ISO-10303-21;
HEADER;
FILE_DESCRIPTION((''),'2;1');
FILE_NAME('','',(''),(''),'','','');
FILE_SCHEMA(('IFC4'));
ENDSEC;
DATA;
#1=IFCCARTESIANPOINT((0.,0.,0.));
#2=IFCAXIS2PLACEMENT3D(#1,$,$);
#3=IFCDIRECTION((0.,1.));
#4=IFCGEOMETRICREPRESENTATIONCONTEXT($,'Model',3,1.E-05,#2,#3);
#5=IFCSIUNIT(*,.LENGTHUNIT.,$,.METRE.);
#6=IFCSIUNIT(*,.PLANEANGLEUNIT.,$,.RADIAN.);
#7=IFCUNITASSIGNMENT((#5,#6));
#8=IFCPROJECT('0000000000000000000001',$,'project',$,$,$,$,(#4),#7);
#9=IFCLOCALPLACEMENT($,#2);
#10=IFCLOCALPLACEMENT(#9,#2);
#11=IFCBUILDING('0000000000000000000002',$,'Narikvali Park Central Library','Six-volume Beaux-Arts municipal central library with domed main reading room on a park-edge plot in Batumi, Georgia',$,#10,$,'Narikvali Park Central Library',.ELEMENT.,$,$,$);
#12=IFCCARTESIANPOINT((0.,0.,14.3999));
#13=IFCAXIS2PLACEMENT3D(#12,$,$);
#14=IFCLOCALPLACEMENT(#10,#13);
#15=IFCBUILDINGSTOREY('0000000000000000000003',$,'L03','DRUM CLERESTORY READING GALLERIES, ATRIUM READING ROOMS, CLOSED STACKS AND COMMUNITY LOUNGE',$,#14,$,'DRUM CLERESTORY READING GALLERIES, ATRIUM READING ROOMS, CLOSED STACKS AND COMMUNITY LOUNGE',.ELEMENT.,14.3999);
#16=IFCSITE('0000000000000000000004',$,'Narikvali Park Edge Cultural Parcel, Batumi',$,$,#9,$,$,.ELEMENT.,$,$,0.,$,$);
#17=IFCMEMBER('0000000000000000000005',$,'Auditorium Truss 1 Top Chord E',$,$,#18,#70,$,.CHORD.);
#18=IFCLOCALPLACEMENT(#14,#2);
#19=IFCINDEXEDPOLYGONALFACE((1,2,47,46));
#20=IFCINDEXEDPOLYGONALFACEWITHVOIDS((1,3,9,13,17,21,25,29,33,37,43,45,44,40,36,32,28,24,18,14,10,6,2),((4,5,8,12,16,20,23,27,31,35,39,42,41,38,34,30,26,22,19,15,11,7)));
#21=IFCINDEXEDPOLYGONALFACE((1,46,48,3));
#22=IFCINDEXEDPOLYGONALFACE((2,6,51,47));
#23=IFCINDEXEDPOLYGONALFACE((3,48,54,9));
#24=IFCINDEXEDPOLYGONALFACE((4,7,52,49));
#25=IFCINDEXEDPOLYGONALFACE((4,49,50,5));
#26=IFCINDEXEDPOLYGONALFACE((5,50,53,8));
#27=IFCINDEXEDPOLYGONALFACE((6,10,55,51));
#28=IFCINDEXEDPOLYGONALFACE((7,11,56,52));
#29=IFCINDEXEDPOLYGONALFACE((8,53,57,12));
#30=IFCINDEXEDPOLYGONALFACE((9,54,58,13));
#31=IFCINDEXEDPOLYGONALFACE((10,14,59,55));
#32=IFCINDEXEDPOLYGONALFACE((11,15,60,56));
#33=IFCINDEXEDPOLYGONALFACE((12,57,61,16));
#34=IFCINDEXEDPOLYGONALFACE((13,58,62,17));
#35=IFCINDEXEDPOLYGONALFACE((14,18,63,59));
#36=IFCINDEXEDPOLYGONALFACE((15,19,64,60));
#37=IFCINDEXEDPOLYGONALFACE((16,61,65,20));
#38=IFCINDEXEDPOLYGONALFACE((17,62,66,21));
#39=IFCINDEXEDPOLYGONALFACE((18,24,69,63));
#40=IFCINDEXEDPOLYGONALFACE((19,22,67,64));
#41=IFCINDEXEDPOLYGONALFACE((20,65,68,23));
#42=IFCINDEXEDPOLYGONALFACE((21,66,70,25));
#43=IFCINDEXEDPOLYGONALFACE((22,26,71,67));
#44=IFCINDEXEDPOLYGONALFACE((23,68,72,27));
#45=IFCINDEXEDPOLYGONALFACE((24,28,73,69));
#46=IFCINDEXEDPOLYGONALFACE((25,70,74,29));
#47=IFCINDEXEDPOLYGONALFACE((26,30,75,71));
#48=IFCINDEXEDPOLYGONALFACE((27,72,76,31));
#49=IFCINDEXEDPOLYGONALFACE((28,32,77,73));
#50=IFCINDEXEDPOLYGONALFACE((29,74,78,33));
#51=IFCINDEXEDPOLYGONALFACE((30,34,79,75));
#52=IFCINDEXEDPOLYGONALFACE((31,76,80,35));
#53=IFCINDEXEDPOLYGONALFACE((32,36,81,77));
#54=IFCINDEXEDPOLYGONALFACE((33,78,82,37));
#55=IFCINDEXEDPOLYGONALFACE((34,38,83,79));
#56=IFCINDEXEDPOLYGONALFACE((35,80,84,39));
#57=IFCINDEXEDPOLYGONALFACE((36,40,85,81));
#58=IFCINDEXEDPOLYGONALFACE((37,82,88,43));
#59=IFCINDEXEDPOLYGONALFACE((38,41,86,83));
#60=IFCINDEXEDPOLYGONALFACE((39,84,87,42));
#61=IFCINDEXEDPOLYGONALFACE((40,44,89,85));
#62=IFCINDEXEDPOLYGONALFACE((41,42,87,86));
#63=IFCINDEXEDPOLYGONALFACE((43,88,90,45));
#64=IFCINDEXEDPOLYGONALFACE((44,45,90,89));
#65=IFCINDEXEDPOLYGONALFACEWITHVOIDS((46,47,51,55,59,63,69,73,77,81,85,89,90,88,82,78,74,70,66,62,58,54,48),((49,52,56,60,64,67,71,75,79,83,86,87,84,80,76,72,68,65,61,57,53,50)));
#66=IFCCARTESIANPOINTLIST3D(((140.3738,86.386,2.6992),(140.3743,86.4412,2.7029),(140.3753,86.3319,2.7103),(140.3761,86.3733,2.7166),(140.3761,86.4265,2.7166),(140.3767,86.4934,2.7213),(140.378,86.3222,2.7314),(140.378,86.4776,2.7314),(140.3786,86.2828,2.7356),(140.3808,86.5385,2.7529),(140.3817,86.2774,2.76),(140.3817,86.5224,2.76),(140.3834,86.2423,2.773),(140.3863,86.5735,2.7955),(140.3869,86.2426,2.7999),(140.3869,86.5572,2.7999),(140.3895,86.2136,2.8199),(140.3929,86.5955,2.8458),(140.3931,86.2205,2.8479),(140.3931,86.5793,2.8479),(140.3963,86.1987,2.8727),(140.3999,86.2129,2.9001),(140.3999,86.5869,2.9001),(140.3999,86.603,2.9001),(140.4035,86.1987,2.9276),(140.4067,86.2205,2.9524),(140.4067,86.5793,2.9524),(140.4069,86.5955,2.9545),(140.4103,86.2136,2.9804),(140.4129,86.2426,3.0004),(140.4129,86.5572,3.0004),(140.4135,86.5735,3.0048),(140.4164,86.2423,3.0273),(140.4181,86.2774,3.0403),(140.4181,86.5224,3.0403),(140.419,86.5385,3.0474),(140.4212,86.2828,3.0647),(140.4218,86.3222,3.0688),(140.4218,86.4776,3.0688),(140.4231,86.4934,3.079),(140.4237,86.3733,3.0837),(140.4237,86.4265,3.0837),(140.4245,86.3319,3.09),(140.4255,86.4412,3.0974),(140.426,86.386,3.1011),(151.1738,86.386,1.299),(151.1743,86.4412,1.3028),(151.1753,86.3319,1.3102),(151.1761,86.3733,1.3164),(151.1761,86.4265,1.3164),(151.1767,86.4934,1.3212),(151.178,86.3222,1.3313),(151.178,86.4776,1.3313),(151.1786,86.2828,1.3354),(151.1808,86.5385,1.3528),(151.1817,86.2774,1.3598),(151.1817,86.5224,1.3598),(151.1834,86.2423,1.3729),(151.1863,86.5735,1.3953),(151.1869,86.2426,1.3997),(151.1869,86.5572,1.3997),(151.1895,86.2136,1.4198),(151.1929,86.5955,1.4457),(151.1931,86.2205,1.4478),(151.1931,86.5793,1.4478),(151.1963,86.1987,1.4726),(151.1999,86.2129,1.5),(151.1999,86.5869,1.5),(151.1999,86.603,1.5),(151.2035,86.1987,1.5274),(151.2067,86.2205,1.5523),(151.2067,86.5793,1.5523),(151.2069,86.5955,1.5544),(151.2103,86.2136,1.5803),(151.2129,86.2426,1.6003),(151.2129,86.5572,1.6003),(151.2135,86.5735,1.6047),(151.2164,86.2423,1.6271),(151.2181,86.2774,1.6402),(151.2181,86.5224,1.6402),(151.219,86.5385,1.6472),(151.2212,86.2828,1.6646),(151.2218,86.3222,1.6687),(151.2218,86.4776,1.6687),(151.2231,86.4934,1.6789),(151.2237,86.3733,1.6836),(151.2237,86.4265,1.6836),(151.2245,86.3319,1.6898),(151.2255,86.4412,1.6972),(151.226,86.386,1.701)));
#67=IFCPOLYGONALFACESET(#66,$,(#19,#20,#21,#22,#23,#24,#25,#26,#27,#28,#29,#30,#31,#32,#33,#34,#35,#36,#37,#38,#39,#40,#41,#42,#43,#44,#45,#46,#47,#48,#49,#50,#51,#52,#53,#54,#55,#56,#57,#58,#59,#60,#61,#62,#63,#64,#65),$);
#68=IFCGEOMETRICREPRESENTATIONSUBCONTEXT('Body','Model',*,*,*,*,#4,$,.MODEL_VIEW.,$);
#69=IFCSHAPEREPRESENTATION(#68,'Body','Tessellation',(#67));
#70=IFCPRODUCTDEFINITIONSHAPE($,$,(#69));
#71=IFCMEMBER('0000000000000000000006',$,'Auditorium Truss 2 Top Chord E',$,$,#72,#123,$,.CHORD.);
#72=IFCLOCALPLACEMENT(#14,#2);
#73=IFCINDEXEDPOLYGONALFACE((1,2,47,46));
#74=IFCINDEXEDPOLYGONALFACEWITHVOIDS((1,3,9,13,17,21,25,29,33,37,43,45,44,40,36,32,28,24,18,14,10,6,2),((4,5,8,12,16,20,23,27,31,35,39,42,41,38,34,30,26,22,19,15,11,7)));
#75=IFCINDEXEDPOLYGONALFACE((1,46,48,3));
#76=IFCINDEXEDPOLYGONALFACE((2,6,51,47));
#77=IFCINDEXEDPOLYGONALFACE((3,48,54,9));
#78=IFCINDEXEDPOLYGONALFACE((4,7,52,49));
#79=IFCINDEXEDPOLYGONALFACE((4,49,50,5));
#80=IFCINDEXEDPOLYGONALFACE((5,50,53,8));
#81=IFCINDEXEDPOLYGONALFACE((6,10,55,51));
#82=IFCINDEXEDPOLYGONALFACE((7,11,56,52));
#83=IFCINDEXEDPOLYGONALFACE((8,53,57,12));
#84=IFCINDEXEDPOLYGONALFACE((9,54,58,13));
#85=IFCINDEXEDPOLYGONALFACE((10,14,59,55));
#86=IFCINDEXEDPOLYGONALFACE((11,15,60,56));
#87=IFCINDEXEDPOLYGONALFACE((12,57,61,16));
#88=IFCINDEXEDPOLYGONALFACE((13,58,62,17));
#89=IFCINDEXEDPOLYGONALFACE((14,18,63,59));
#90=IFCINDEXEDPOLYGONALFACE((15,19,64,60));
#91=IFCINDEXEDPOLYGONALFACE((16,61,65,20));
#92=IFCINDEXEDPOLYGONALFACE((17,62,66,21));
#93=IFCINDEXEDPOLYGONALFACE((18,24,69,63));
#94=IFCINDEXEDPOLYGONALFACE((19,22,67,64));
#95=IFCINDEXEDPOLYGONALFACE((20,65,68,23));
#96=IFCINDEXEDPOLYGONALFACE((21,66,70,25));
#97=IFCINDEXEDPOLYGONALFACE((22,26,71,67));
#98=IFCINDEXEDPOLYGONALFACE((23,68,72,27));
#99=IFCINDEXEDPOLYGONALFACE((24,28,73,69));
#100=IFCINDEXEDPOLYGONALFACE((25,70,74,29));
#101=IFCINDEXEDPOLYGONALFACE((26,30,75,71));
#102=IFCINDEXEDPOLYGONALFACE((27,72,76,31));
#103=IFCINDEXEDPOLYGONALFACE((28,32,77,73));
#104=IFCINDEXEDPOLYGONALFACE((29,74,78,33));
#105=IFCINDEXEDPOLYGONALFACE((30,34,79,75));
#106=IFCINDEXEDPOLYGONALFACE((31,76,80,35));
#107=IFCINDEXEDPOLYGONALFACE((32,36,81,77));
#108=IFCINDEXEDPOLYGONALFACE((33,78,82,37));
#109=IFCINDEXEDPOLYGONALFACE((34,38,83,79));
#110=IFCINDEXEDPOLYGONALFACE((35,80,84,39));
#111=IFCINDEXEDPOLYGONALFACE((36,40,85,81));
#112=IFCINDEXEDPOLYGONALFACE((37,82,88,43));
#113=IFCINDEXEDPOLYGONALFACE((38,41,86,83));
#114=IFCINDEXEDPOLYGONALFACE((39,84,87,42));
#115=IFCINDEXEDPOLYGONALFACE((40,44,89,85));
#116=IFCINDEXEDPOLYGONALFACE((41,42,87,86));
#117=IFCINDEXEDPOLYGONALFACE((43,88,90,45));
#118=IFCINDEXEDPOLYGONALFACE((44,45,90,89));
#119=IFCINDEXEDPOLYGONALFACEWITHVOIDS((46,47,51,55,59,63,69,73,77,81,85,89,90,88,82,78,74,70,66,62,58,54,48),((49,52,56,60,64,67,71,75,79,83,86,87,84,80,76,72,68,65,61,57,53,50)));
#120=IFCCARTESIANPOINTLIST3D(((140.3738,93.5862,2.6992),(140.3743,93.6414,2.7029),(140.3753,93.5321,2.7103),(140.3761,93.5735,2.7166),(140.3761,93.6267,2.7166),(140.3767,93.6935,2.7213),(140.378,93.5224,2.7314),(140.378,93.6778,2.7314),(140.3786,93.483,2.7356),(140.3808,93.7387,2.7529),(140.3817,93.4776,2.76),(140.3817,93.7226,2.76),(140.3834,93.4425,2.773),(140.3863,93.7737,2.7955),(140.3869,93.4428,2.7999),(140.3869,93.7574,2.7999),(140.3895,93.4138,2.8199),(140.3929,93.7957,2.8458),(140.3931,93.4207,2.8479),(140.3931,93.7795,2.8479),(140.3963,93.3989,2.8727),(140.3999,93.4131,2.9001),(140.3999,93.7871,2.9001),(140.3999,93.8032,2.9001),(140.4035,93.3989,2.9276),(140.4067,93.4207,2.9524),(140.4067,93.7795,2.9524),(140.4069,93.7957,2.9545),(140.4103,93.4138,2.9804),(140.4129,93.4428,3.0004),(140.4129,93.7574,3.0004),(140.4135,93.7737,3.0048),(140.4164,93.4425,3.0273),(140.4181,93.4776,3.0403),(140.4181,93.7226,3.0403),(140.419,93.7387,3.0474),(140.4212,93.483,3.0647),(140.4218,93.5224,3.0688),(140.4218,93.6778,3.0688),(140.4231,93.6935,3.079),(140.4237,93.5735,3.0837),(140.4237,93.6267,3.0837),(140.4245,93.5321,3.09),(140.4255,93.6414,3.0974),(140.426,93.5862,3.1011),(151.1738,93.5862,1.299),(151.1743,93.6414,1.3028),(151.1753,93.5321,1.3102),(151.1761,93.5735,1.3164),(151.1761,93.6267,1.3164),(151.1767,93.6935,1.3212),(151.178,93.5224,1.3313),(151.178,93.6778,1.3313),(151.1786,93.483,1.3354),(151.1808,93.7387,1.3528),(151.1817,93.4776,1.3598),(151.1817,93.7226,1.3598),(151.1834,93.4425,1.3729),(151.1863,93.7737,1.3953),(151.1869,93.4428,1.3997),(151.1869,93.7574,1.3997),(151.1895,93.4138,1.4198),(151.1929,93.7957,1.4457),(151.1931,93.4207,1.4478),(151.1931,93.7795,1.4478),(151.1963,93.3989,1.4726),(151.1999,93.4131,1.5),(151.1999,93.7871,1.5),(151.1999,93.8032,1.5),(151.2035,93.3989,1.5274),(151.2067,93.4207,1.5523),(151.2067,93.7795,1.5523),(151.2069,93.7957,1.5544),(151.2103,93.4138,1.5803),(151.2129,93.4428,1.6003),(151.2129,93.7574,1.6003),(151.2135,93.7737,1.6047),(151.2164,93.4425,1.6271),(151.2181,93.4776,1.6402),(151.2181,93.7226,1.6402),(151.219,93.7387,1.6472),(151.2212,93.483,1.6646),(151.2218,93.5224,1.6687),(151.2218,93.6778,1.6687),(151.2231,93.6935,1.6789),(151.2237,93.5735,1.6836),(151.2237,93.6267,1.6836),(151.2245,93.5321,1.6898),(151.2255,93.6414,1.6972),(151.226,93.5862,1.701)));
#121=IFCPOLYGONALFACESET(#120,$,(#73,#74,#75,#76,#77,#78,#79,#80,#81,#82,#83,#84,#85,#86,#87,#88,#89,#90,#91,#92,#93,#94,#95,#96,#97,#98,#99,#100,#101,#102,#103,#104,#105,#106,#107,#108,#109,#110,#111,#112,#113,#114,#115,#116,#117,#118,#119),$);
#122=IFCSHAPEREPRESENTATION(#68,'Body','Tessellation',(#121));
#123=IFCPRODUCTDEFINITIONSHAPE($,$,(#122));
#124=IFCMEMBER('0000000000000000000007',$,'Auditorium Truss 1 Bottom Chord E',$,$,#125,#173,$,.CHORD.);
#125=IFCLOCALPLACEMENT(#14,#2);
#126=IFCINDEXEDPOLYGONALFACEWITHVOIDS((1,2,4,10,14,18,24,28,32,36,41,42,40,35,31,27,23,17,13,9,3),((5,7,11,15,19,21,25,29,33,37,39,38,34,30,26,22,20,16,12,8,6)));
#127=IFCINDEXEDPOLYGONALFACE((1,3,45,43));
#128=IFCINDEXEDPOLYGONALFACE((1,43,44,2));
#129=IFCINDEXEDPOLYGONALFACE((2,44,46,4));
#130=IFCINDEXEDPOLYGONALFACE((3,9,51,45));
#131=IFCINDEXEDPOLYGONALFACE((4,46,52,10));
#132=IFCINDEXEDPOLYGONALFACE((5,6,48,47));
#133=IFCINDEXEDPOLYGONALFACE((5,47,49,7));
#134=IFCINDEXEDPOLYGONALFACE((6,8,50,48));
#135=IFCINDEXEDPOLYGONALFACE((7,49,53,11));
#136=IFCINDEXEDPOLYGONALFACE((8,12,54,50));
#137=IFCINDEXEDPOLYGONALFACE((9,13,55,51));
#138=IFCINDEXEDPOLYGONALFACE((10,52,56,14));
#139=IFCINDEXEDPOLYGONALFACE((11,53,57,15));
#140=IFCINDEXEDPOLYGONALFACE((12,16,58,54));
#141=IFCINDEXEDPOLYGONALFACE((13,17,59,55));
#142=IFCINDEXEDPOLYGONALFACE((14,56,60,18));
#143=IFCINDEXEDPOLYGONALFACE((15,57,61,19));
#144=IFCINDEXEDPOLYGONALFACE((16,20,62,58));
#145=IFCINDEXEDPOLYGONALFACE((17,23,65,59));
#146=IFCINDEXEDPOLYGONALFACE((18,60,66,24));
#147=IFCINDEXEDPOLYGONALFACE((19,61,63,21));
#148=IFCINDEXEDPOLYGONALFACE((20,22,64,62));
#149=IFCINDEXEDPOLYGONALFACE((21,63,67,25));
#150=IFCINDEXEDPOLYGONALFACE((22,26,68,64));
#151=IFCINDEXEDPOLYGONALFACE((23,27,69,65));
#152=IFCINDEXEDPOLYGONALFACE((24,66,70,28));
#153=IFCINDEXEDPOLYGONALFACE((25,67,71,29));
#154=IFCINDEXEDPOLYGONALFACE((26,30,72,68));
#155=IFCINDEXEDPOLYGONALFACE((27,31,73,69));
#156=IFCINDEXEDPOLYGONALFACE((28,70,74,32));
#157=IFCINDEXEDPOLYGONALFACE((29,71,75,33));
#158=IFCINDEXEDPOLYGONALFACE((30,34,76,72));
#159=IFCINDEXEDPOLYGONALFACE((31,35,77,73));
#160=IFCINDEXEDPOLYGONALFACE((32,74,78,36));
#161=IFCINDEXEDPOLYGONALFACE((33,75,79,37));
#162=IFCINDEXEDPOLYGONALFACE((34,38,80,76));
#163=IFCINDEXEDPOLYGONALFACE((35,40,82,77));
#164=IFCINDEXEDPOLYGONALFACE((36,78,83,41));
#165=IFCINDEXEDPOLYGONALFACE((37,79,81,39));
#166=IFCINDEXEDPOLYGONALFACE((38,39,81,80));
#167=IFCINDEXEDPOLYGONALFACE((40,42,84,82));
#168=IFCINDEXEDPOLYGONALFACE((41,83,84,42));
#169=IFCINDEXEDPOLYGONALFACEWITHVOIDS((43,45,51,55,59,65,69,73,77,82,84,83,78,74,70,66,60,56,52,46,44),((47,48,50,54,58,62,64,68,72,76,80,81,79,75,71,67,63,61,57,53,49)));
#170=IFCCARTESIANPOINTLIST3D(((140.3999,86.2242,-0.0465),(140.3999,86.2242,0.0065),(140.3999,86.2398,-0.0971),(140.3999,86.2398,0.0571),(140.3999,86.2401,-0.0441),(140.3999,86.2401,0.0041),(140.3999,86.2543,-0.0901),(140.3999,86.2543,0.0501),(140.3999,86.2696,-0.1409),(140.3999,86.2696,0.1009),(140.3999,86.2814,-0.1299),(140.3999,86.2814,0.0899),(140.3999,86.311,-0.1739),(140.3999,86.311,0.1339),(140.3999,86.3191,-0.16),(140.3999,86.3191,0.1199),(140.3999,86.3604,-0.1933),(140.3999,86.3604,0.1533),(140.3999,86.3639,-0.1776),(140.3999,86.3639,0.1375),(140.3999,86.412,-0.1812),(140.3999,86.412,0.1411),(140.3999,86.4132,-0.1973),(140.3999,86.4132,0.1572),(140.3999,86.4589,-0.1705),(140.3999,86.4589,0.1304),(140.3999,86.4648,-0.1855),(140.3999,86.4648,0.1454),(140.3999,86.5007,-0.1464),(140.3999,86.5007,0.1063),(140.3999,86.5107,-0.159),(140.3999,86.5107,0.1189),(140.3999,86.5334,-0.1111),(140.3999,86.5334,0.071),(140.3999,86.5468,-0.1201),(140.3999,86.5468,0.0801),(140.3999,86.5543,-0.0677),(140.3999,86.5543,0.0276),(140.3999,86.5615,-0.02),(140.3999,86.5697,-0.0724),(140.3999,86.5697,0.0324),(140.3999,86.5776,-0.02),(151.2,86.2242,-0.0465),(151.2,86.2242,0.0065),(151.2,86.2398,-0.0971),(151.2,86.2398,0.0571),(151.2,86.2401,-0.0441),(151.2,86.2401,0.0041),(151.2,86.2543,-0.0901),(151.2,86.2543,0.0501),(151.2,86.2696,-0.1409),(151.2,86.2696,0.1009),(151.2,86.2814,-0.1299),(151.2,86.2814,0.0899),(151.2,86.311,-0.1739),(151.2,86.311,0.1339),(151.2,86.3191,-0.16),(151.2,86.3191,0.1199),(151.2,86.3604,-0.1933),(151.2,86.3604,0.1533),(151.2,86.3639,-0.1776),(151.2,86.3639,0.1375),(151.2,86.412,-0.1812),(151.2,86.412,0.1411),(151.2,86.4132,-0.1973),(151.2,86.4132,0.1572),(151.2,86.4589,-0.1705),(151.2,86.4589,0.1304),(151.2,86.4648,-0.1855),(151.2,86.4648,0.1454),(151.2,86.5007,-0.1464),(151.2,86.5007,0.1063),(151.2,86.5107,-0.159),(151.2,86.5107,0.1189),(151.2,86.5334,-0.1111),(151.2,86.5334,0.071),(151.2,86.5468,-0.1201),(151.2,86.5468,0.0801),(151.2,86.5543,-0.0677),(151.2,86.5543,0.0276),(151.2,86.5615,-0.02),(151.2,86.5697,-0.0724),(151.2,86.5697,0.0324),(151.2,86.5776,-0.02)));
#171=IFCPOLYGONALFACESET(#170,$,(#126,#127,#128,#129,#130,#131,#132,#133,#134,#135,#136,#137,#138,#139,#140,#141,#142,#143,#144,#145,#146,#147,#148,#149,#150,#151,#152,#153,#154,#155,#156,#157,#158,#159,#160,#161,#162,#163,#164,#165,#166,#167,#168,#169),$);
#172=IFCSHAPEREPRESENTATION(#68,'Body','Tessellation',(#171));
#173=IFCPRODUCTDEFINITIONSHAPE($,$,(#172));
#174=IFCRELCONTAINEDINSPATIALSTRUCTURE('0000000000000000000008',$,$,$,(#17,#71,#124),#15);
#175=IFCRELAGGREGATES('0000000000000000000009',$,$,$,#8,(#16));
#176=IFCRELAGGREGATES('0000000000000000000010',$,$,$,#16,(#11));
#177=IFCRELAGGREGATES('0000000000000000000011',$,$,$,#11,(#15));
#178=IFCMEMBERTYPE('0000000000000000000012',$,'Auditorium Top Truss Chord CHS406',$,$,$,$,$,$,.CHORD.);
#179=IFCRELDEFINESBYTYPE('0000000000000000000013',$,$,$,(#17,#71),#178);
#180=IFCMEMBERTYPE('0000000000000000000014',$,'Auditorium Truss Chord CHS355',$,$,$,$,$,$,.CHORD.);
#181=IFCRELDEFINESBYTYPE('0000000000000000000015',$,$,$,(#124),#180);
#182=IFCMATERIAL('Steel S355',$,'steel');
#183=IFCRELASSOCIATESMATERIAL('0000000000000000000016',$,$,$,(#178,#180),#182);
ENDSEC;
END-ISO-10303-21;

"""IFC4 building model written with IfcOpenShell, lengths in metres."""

from ifc_helpers import new_model, si_unit, direction, frame, origin, origin_2d, place, context, subcontext, project, spatial, hollow_circle, extrude, material, material_profile, profile_set, type_object, element, save


model = new_model("IFC4")

# Units and contexts
model_context = context("Model", 3, precision=1e-05, world=origin(), true_north=direction((0.0, 1.0)))
body_context = subcontext(model_context, "Body", "Model", "MODEL_VIEW")
ifc_project = project(units=[si_unit("LENGTHUNIT", "METRE"), si_unit("PLANEANGLEUNIT", "RADIAN")], contexts=[model_context])

# Site, building, storey
site_placement = place(None, origin())
site = spatial("IfcSite", under=ifc_project, at=site_placement, Name="Narikvali Park Edge Cultural Parcel, Batumi", CompositionType="ELEMENT", RefElevation=0.0)
building_placement = place(site_placement, origin())
building = spatial("IfcBuilding", under=site, at=building_placement, Name="Narikvali Park Central Library", Description="Six-volume Beaux-Arts municipal central library with domed main reading room on a park-edge plot in Batumi, Georgia", LongName="Narikvali Park Central Library", CompositionType="ELEMENT")
storey_placement = place(building_placement, frame((0.0, 0.0, 14.3999)))
storey = spatial("IfcBuildingStorey", under=building, at=storey_placement, Name="L03", Description="DRUM CLERESTORY READING GALLERIES, ATRIUM READING ROOMS, CLOSED STACKS AND COMMUNITY LOUNGE", LongName="DRUM CLERESTORY READING GALLERIES, ATRIUM READING ROOMS, CLOSED STACKS AND COMMUNITY LOUNGE", CompositionType="ELEMENT", Elevation=14.3999)

# Members
ifc_material_1 = material(Name="Steel S355", Category="steel")
ifc_material_profile_1 = material_profile(ifc_material_1, hollow_circle(Radius=0.2031, WallThickness=0.0161, at=origin_2d()), Name="CHS 406.4x16")
ifc_profile_set_1 = profile_set([ifc_material_profile_1], Name="Steel S355")
member_type_1 = type_object("IfcMemberType", Name="Auditorium Top Truss Chord CHS406", PredefinedType="CHORD", material=ifc_profile_set_1)
for number, where, z_axis, x_axis, name in (
    (1, (140.3999, 86.3999, 2.9001), (0.991701, 0.0, -0.128567), (0.0, 1.0, 0.0), "Auditorium Truss 1 Top Chord E"),
    (2, (140.3999, 93.6001, 2.9001), (0.991701, 0.0, -0.128567), (0.0, 1.0, 0.0), "Auditorium Truss 2 Top Chord E"),
):
    element("IfcMember", number, at=place(storey_placement, frame(where, z_axis=z_axis, x_axis=x_axis)), inside=storey, type_object=member_type_1, Name=name, PredefinedType="CHORD", context=body_context, shape_type="SweptSolid", body=[
        extrude(hollow_circle(Radius=0.2031, WallThickness=0.0161, at=origin_2d()), origin(), (0.0, 0.0, 1.0), 10.8904),
    ])
ifc_material_profile_2 = material_profile(ifc_material_1, hollow_circle(Radius=0.1777, WallThickness=0.0161, at=origin_2d()), Name="CHS 355.6x16")
ifc_profile_set_2 = profile_set([ifc_material_profile_2], Name="Steel S355")
member_type_2 = type_object("IfcMemberType", Name="Auditorium Truss Chord CHS355", PredefinedType="CHORD", material=ifc_profile_set_2)
for number, where, z_axis, x_axis, name in (
    (3, (140.3999, 86.3999, -0.02), (1.0, 0.0, 0.0), (0.0, 1.0, 0.0), "Auditorium Truss 1 Bottom Chord E"),
):
    element("IfcMember", number, at=place(storey_placement, frame(where, z_axis=z_axis, x_axis=x_axis)), inside=storey, type_object=member_type_2, Name=name, PredefinedType="CHORD", context=body_context, shape_type="SweptSolid", body=[
        extrude(hollow_circle(Radius=0.1777, WallThickness=0.0161, at=origin_2d()), origin(), (0.0, 0.0, 1.0), 10.8),
    ])

save(model, "model.ifc")
